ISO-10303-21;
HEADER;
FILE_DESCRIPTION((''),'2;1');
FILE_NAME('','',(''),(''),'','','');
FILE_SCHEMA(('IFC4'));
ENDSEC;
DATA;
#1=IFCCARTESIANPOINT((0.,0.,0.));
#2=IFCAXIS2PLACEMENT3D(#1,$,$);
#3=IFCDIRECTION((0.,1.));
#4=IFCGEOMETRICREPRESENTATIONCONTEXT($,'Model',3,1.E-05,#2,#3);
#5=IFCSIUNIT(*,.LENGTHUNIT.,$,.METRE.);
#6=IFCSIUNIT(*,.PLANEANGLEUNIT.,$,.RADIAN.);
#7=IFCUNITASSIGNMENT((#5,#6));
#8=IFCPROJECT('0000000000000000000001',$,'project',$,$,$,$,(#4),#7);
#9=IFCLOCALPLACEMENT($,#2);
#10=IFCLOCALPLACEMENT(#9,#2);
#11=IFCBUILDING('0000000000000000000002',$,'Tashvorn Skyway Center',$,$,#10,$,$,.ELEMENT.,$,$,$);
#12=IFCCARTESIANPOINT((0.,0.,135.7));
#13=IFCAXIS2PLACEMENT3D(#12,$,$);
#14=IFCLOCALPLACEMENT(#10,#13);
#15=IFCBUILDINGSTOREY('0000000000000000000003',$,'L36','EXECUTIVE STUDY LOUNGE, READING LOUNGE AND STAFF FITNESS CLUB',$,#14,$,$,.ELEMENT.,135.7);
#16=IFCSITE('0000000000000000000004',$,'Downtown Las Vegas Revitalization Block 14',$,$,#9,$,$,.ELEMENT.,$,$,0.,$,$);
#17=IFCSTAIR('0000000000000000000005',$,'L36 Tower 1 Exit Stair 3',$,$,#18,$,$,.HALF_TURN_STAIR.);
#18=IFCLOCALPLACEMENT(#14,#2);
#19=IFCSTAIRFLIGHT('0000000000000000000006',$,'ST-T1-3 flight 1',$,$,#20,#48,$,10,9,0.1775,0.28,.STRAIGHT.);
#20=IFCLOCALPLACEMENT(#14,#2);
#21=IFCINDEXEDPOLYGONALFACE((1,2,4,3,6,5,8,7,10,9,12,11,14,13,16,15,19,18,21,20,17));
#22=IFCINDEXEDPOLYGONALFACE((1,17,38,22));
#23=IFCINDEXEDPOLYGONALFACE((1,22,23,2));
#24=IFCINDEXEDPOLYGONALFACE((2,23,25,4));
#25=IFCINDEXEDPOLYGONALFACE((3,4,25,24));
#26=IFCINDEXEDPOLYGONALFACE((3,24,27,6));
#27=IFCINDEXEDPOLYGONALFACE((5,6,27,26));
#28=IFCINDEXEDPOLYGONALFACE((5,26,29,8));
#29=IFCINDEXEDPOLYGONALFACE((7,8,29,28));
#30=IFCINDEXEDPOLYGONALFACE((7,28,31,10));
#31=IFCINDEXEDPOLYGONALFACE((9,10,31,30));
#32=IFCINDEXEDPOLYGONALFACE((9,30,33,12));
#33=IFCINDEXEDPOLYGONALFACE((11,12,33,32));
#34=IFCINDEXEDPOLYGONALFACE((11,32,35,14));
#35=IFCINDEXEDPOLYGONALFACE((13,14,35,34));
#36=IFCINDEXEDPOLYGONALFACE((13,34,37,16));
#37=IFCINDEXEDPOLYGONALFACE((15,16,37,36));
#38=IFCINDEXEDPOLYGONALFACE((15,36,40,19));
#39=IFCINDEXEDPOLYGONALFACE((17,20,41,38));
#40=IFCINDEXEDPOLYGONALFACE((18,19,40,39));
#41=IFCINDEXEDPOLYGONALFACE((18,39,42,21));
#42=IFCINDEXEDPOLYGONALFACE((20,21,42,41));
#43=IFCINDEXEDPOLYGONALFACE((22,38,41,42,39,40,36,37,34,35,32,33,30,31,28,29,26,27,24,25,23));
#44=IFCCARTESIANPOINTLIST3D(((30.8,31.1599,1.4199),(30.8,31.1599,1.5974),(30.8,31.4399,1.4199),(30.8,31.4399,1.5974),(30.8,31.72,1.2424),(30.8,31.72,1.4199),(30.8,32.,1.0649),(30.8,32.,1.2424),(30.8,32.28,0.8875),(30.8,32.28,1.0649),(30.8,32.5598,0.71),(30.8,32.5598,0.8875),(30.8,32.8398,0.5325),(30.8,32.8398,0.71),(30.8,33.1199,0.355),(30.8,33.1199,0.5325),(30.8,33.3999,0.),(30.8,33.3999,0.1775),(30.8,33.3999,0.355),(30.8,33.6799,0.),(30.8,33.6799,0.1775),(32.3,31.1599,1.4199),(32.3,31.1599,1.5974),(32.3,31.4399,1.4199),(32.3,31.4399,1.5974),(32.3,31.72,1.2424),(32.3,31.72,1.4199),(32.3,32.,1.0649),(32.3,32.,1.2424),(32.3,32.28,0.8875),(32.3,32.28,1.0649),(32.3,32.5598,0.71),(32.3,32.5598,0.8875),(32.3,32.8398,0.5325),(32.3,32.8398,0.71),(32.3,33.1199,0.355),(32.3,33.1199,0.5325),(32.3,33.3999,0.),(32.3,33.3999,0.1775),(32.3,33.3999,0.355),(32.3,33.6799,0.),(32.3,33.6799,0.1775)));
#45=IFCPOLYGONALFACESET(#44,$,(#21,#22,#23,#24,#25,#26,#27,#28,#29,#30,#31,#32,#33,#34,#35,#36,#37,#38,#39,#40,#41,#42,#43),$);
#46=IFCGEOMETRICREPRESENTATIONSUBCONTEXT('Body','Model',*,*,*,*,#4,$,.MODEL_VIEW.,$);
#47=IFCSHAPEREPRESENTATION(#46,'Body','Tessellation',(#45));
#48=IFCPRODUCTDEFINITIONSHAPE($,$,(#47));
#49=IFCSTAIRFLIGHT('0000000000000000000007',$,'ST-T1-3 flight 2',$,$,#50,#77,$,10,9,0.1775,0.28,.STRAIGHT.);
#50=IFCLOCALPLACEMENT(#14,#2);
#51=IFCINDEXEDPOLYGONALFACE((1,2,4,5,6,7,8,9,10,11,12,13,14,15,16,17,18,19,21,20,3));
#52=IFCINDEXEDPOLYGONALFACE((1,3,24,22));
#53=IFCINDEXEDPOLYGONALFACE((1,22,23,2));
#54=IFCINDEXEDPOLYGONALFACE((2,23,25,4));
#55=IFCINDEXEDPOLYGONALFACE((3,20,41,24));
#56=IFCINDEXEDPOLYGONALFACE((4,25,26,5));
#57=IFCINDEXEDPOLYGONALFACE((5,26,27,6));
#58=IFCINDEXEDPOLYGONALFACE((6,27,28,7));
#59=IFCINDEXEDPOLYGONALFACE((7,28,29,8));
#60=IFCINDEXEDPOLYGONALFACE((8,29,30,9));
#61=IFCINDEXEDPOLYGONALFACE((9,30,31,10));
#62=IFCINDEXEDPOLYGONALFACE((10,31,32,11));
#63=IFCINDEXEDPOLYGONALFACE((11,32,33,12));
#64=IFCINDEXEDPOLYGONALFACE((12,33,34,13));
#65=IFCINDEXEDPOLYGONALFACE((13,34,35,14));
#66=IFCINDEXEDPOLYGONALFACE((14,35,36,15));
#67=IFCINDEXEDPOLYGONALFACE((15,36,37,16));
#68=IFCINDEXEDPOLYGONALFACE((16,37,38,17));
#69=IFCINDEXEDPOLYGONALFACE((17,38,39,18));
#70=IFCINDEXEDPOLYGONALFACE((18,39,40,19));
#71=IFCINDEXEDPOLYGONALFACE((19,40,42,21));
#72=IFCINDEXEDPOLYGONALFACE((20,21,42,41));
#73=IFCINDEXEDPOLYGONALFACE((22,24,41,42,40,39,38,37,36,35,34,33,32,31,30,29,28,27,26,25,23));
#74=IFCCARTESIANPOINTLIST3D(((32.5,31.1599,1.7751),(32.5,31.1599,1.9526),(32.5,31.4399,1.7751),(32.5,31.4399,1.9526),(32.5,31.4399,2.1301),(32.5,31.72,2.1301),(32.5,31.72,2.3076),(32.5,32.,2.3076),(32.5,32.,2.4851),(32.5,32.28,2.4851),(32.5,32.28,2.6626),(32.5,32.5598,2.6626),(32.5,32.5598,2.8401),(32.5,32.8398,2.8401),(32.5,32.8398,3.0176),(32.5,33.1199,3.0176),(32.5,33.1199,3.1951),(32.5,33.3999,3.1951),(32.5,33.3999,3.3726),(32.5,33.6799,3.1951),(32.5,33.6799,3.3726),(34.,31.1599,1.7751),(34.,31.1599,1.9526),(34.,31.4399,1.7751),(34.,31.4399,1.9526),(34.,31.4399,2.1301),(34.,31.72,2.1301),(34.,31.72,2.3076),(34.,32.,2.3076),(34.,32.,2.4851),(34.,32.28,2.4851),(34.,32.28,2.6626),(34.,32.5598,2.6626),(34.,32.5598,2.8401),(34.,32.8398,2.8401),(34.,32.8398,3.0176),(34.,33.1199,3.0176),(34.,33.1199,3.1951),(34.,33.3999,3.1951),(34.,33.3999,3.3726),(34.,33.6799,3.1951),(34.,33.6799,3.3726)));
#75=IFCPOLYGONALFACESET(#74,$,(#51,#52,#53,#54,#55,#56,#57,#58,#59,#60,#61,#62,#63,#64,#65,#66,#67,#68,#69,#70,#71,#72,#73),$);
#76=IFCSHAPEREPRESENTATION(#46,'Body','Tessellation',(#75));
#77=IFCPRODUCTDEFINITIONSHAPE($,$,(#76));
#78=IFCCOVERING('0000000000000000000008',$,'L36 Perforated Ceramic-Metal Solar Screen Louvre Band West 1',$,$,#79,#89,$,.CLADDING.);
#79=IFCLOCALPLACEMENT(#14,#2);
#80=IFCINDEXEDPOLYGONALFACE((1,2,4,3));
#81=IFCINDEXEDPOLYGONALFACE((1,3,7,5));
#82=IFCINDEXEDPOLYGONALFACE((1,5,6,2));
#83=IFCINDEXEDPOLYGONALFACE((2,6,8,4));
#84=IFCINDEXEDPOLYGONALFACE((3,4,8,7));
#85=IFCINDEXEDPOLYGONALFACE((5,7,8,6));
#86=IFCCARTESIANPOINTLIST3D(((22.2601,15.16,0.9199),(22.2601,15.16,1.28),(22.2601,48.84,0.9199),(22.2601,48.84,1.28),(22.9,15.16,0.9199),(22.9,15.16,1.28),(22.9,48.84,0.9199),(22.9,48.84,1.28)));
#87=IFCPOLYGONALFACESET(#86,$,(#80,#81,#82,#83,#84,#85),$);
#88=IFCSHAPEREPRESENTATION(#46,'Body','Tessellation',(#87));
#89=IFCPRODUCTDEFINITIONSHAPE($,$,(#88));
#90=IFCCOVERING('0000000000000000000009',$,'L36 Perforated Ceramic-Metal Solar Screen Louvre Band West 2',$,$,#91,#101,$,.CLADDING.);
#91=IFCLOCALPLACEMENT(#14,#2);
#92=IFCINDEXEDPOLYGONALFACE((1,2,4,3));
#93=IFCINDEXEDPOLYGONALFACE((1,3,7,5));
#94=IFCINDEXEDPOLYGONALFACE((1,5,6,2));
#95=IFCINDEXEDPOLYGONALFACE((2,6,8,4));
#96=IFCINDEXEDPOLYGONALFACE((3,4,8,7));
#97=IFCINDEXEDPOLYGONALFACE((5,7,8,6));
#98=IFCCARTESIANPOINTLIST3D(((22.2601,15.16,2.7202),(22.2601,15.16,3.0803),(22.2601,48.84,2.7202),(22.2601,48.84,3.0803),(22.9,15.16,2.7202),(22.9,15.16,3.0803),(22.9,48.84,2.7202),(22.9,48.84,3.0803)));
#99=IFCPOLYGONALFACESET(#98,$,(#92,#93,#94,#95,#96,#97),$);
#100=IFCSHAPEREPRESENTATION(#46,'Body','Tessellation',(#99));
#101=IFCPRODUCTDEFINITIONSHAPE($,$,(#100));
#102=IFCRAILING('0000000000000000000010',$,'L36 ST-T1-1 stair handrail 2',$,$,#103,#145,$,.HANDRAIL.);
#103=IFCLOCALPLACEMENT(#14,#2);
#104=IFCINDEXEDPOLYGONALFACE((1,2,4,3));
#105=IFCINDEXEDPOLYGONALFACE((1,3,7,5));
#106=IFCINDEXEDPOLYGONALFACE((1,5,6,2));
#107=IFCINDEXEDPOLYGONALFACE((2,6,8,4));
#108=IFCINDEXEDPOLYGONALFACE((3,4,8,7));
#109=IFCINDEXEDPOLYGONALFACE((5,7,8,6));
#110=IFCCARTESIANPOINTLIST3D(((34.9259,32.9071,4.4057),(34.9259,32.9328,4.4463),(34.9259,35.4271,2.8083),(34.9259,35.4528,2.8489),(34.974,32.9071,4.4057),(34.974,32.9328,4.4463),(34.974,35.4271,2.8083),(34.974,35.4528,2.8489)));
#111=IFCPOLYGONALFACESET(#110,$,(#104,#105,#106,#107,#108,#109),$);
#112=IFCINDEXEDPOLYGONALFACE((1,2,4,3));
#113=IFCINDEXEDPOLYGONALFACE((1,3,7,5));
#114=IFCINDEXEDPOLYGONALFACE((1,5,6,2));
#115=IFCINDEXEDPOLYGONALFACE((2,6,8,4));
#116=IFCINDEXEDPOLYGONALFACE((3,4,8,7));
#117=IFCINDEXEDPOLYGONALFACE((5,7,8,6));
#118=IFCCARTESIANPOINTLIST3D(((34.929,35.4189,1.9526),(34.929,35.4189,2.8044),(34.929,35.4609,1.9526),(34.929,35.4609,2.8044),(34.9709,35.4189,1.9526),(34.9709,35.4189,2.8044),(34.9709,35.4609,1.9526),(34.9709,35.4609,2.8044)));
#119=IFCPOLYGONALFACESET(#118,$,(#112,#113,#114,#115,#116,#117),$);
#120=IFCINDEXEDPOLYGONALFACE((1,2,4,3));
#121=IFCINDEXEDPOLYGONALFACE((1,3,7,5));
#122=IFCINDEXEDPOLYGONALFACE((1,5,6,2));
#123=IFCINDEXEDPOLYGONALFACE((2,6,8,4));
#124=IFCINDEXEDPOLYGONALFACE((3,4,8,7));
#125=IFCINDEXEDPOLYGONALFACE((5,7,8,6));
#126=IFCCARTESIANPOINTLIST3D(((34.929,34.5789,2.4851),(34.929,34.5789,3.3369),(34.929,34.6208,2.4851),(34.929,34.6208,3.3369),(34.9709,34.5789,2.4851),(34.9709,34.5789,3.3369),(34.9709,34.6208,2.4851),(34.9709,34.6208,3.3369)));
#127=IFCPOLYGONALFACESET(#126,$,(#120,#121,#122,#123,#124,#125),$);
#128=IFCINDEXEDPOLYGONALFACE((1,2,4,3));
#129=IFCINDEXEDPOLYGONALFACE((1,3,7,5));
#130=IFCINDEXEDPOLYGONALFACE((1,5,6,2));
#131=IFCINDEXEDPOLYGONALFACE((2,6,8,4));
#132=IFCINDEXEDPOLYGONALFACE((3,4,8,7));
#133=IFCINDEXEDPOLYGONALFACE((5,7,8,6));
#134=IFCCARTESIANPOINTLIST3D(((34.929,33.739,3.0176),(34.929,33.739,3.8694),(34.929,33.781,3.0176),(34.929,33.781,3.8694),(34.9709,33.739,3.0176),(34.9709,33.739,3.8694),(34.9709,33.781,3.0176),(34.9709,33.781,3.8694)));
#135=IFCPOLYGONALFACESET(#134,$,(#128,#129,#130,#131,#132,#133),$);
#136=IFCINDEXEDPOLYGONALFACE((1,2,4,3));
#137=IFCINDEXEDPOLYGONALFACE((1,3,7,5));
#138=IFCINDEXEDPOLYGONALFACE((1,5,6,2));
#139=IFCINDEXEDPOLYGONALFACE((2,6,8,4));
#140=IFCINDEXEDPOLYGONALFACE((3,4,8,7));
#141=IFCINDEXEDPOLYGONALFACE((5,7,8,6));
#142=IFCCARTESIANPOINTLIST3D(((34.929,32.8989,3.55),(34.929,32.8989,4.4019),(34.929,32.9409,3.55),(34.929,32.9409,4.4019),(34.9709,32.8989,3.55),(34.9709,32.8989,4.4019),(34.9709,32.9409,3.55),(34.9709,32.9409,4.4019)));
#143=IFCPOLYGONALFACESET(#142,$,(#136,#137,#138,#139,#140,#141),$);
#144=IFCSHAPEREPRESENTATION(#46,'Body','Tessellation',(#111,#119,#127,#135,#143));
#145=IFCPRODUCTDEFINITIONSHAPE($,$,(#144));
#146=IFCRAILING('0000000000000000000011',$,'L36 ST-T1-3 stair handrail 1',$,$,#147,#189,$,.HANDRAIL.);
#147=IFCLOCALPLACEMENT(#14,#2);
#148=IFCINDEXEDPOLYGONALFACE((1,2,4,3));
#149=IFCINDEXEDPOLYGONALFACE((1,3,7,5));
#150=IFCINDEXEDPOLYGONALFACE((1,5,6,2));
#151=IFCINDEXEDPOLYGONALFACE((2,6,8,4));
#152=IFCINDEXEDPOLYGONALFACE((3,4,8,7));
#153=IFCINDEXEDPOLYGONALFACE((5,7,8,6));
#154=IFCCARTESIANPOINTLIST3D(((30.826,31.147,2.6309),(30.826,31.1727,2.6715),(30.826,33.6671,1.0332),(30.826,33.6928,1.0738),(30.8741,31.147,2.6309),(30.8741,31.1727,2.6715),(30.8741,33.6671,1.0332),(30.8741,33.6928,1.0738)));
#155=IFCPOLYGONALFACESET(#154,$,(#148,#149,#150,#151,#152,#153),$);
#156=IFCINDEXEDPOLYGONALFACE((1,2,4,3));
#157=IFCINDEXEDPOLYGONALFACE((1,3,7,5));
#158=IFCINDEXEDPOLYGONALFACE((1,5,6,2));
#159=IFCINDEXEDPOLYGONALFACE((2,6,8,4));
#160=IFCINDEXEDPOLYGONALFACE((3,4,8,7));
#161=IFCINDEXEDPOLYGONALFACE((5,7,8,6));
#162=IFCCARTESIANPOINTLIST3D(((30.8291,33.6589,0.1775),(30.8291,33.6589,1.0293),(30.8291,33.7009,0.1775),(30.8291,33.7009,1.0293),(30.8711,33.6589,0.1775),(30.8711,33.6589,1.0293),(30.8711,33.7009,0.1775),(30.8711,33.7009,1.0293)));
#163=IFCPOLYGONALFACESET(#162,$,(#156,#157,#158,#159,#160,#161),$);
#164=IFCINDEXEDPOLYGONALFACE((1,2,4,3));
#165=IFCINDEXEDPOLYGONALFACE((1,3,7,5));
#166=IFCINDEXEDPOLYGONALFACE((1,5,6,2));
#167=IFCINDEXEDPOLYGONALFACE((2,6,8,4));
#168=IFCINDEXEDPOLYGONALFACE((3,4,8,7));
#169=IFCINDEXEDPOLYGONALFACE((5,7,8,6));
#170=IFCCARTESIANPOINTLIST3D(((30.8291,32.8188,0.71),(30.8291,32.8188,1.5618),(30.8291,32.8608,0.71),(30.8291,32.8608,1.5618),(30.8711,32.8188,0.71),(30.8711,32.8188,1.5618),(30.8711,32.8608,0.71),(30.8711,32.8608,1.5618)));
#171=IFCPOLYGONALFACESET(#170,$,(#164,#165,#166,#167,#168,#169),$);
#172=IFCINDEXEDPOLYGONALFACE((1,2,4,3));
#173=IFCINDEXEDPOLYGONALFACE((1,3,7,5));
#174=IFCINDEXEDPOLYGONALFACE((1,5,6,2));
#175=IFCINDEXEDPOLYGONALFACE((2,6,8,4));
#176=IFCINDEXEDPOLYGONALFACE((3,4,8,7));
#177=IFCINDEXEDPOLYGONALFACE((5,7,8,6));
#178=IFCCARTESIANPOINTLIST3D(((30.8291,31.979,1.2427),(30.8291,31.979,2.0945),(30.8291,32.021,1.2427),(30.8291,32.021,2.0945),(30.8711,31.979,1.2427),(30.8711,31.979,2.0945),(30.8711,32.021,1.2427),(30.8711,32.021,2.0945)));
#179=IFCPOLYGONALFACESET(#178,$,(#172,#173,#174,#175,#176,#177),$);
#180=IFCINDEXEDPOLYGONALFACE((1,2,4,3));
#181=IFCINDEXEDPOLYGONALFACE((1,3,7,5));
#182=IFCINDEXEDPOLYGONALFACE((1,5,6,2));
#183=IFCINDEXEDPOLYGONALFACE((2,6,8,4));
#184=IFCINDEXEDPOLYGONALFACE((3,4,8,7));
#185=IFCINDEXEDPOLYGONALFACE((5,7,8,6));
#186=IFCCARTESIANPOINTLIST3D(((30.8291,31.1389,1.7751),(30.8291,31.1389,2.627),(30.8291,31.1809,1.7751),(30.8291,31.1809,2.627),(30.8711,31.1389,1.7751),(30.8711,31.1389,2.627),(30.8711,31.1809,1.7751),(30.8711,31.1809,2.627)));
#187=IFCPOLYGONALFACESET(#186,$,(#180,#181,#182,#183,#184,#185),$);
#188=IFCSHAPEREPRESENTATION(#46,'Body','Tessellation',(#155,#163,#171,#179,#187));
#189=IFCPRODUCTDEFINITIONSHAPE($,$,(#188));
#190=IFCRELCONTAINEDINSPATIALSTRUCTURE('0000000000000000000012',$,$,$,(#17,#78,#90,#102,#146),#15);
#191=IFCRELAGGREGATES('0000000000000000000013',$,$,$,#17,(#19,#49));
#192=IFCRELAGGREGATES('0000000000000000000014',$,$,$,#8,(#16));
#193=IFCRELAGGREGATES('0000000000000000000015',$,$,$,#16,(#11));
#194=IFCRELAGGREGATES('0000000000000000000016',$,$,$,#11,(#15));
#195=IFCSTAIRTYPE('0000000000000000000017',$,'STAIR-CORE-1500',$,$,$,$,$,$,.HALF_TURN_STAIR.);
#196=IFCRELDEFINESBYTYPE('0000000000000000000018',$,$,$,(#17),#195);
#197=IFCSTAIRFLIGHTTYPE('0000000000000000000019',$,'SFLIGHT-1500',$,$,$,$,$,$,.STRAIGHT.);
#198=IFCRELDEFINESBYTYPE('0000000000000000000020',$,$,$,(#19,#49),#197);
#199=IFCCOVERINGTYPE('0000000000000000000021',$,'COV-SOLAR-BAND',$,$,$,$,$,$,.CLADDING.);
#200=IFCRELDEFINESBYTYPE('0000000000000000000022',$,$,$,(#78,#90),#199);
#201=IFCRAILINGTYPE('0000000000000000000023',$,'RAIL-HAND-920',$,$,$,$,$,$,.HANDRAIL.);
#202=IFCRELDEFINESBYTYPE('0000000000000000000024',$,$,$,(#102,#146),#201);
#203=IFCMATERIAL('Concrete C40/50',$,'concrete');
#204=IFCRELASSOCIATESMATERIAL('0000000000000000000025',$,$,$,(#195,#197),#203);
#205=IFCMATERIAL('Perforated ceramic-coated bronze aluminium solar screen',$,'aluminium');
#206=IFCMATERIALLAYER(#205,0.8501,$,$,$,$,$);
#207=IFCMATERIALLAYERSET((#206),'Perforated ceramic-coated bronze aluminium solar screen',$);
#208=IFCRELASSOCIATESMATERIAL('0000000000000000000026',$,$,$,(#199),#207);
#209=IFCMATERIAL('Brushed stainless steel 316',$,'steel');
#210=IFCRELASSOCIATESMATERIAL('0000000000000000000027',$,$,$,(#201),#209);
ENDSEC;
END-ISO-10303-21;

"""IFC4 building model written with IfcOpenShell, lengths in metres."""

from ifc_helpers import new_model, si_unit, direction, frame, origin, origin_2d, place, context, subcontext, project, spatial, polyline, rectangle, outline, extrude, material, layer, layer_set, type_object, element, aggregate, save


model = new_model("IFC4")

# Units and contexts
model_context = context("Model", 3, precision=1e-05, world=origin(), true_north=direction((0.0, 1.0)))
body_context = subcontext(model_context, "Body", "Model", "MODEL_VIEW")
ifc_project = project(units=[si_unit("LENGTHUNIT", "METRE"), si_unit("PLANEANGLEUNIT", "RADIAN")], contexts=[model_context])

# Site, building, storey
site_placement = place(None, origin())
site = spatial("IfcSite", under=ifc_project, at=site_placement, Name="Downtown Las Vegas Revitalization Block 14", CompositionType="ELEMENT", RefElevation=0.0)
building_placement = place(site_placement, origin())
building = spatial("IfcBuilding", under=site, at=building_placement, Name="Tashvorn Skyway Center", CompositionType="ELEMENT")
storey_placement = place(building_placement, frame((0.0, 0.0, 135.7)))
storey = spatial("IfcBuildingStorey", under=building, at=storey_placement, Name="L36", Description="EXECUTIVE STUDY LOUNGE, READING LOUNGE AND STAFF FITNESS CLUB", CompositionType="ELEMENT", Elevation=135.7)

# Shared definitions
ifc_material_1 = material(Name="Concrete C40/50", Category="concrete")

# Shared definitions
stair_type = type_object("IfcStairType", Name="STAIR-CORE-1500", PredefinedType="HALF_TURN_STAIR", material=ifc_material_1)
stair_flight_type = type_object("IfcStairFlightType", Name="SFLIGHT-1500", PredefinedType="STRAIGHT", material=ifc_material_1)

# Stair, stair flights
stair_1_placement = place(storey_placement, origin())
stair_1 = element("IfcStair", 1, at=stair_1_placement, inside=storey, type_object=stair_type, Name="L36 Tower 1 Exit Stair 3", PredefinedType="HALF_TURN_STAIR")
stair_flight_1_placement = place(storey_placement, frame((31.55, 33.6799, 0.0), z_axis=(0.0, 0.0, 1.0), x_axis=(0.0, -1.0, 0.0)))
stair_flight_1 = element("IfcStairFlight", 2, at=stair_flight_1_placement, type_object=stair_flight_type, Name="ST-T1-3 flight 1", NumberOfRisers=10, NumberOfTreads=9, PredefinedType="STRAIGHT", RiserHeight=0.1775, TreadLength=0.28, context=body_context, shape_type="SweptSolid", body=[
    extrude(outline(polyline([(0.0, 0.0), (0.0, 0.1775), (0.28, 0.1775), (0.28, 0.355), (0.5601, 0.355), (0.5601, 0.5325), (0.8401, 0.5325), (0.8401, 0.71), (1.1201, 0.71), (1.1201, 0.8875), (1.3999, 0.8875), (1.3999, 1.0649), (1.6799, 1.0649), (1.6799, 1.2424), (1.96, 1.2424), (1.96, 1.4199), (2.24, 1.4199), (2.24, 1.5974), (2.52, 1.5974), (2.52, 1.7749), (2.52, 1.4199), (0.28, 0.0), (0.0, 0.0)])), frame((0.0, 0.75, 0.0), z_axis=(0.0, -1.0, 0.0), x_axis=(1.0, 0.0, 0.0)), (0.0, 0.0, 1.0), 1.5),
])
stair_flight_2_placement = place(storey_placement, frame((33.25, 31.1599, 1.7751), z_axis=(0.0, 0.0, 1.0), x_axis=(0.0, 1.0, 0.0)))
stair_flight_2 = element("IfcStairFlight", 3, at=stair_flight_2_placement, type_object=stair_flight_type, Name="ST-T1-3 flight 2", NumberOfRisers=10, NumberOfTreads=9, PredefinedType="STRAIGHT", RiserHeight=0.1775, TreadLength=0.28, context=body_context, shape_type="SweptSolid", body=[
    extrude(outline(polyline([(0.0, 0.0), (0.0, 0.1775), (0.28, 0.1775), (0.28, 0.355), (0.5601, 0.355), (0.5601, 0.5325), (0.8401, 0.5325), (0.8401, 0.71), (1.1201, 0.71), (1.1201, 0.8875), (1.3999, 0.8875), (1.3999, 1.0649), (1.6799, 1.0649), (1.6799, 1.2424), (1.96, 1.2424), (1.96, 1.4199), (2.24, 1.4199), (2.24, 1.5974), (2.52, 1.5974), (2.52, 1.7749), (2.52, 1.4199), (0.28, 0.0), (0.0, 0.0)])), frame((0.0, 0.75, 0.0), z_axis=(0.0, -1.0, 0.0), x_axis=(1.0, 0.0, 0.0)), (0.0, 0.0, 1.0), 1.5),
])
aggregate(stair_1, [stair_flight_1, stair_flight_2])

# Coverings
ifc_material_2 = material(Name="Perforated ceramic-coated bronze aluminium solar screen", Category="aluminium")
ifc_layer_1 = layer(ifc_material_2, 0.8501)
ifc_layer_set_1 = layer_set([ifc_layer_1], Name="Perforated ceramic-coated bronze aluminium solar screen")
covering_type = type_object("IfcCoveringType", Name="COV-SOLAR-BAND", PredefinedType="CLADDING", material=ifc_layer_set_1)
for number, where, z_axis, x_axis, name in (
    (4, (22.5801, 32.0, 0.9199), (0.0, 0.0, 1.0), (0.0, 1.0, 0.0), "L36 Perforated Ceramic-Metal Solar Screen Louvre Band West 1"),
    (5, (22.5801, 32.0, 2.7202), (0.0, 0.0, 1.0), (0.0, 1.0, 0.0), "L36 Perforated Ceramic-Metal Solar Screen Louvre Band West 2"),
):
    element("IfcCovering", number, at=place(storey_placement, frame(where, z_axis=z_axis, x_axis=x_axis)), inside=storey, type_object=covering_type, Name=name, PredefinedType="CLADDING", context=body_context, shape_type="SweptSolid", body=[
        extrude(rectangle(XDim=33.6799, YDim=0.6399, at=origin_2d()), origin(), (0.0, 0.0, 1.0), 0.3601),
    ])

# Railings
ifc_material_3 = material(Name="Brushed stainless steel 316", Category="steel")
railing_type_1 = type_object("IfcRailingType", Name="RAIL-HAND-920", PredefinedType="HANDRAIL", material=ifc_material_3)
railing_1_placement = place(storey_placement, frame((34.95, 35.4399, 1.9526)))
element("IfcRailing", 6, at=railing_1_placement, inside=storey, type_object=railing_type_1, Name="L36 ST-T1-1 stair handrail 2", PredefinedType="HANDRAIL", context=body_context, shape_type="SweptSolid", body=[
    extrude(rectangle(XDim=0.0481, YDim=0.0481, at=origin_2d()), frame((0.0, 0.0, 0.876), z_axis=(0.0, -0.844607, 0.535387), x_axis=(1.0, 0.0, 0.0)), (0.0, 0.0, 1.0), 2.9836),
    extrude(rectangle(XDim=0.042, YDim=0.042, at=origin_2d()), origin(), (0.0, 0.0, 1.0), 0.8518),
    extrude(rectangle(XDim=0.042, YDim=0.042, at=origin_2d()), frame((0.0, -0.8401, 0.5325)), (0.0, 0.0, 1.0), 0.8518),
    extrude(rectangle(XDim=0.042, YDim=0.042, at=origin_2d()), frame((0.0, -1.6799, 1.0649)), (0.0, 0.0, 1.0), 0.8518),
    extrude(rectangle(XDim=0.042, YDim=0.042, at=origin_2d()), frame((0.0, -2.52, 1.5974)), (0.0, 0.0, 1.0), 0.8518),
])
railing_2_placement = place(storey_placement, frame((30.8501, 33.6799, 0.1775)))
element("IfcRailing", 7, at=railing_2_placement, inside=storey, type_object=railing_type_1, Name="L36 ST-T1-3 stair handrail 1", PredefinedType="HANDRAIL", context=body_context, shape_type="SweptSolid", body=[
    extrude(rectangle(XDim=0.0481, YDim=0.0481, at=origin_2d()), frame((0.0, 0.0, 0.876), z_axis=(0.0, -0.84457, 0.535445), x_axis=(1.0, 0.0, 0.0)), (0.0, 0.0, 1.0), 2.9839),
    extrude(rectangle(XDim=0.042, YDim=0.042, at=origin_2d()), origin(), (0.0, 0.0, 1.0), 0.8518),
    extrude(rectangle(XDim=0.042, YDim=0.042, at=origin_2d()), frame((0.0, -0.8401, 0.5325)), (0.0, 0.0, 1.0), 0.8518),
    extrude(rectangle(XDim=0.042, YDim=0.042, at=origin_2d()), frame((0.0, -1.6799, 1.0652)), (0.0, 0.0, 1.0), 0.8518),
    extrude(rectangle(XDim=0.042, YDim=0.042, at=origin_2d()), frame((0.0, -2.52, 1.5977)), (0.0, 0.0, 1.0), 0.8518),
])

save(model, "model.ifc")
